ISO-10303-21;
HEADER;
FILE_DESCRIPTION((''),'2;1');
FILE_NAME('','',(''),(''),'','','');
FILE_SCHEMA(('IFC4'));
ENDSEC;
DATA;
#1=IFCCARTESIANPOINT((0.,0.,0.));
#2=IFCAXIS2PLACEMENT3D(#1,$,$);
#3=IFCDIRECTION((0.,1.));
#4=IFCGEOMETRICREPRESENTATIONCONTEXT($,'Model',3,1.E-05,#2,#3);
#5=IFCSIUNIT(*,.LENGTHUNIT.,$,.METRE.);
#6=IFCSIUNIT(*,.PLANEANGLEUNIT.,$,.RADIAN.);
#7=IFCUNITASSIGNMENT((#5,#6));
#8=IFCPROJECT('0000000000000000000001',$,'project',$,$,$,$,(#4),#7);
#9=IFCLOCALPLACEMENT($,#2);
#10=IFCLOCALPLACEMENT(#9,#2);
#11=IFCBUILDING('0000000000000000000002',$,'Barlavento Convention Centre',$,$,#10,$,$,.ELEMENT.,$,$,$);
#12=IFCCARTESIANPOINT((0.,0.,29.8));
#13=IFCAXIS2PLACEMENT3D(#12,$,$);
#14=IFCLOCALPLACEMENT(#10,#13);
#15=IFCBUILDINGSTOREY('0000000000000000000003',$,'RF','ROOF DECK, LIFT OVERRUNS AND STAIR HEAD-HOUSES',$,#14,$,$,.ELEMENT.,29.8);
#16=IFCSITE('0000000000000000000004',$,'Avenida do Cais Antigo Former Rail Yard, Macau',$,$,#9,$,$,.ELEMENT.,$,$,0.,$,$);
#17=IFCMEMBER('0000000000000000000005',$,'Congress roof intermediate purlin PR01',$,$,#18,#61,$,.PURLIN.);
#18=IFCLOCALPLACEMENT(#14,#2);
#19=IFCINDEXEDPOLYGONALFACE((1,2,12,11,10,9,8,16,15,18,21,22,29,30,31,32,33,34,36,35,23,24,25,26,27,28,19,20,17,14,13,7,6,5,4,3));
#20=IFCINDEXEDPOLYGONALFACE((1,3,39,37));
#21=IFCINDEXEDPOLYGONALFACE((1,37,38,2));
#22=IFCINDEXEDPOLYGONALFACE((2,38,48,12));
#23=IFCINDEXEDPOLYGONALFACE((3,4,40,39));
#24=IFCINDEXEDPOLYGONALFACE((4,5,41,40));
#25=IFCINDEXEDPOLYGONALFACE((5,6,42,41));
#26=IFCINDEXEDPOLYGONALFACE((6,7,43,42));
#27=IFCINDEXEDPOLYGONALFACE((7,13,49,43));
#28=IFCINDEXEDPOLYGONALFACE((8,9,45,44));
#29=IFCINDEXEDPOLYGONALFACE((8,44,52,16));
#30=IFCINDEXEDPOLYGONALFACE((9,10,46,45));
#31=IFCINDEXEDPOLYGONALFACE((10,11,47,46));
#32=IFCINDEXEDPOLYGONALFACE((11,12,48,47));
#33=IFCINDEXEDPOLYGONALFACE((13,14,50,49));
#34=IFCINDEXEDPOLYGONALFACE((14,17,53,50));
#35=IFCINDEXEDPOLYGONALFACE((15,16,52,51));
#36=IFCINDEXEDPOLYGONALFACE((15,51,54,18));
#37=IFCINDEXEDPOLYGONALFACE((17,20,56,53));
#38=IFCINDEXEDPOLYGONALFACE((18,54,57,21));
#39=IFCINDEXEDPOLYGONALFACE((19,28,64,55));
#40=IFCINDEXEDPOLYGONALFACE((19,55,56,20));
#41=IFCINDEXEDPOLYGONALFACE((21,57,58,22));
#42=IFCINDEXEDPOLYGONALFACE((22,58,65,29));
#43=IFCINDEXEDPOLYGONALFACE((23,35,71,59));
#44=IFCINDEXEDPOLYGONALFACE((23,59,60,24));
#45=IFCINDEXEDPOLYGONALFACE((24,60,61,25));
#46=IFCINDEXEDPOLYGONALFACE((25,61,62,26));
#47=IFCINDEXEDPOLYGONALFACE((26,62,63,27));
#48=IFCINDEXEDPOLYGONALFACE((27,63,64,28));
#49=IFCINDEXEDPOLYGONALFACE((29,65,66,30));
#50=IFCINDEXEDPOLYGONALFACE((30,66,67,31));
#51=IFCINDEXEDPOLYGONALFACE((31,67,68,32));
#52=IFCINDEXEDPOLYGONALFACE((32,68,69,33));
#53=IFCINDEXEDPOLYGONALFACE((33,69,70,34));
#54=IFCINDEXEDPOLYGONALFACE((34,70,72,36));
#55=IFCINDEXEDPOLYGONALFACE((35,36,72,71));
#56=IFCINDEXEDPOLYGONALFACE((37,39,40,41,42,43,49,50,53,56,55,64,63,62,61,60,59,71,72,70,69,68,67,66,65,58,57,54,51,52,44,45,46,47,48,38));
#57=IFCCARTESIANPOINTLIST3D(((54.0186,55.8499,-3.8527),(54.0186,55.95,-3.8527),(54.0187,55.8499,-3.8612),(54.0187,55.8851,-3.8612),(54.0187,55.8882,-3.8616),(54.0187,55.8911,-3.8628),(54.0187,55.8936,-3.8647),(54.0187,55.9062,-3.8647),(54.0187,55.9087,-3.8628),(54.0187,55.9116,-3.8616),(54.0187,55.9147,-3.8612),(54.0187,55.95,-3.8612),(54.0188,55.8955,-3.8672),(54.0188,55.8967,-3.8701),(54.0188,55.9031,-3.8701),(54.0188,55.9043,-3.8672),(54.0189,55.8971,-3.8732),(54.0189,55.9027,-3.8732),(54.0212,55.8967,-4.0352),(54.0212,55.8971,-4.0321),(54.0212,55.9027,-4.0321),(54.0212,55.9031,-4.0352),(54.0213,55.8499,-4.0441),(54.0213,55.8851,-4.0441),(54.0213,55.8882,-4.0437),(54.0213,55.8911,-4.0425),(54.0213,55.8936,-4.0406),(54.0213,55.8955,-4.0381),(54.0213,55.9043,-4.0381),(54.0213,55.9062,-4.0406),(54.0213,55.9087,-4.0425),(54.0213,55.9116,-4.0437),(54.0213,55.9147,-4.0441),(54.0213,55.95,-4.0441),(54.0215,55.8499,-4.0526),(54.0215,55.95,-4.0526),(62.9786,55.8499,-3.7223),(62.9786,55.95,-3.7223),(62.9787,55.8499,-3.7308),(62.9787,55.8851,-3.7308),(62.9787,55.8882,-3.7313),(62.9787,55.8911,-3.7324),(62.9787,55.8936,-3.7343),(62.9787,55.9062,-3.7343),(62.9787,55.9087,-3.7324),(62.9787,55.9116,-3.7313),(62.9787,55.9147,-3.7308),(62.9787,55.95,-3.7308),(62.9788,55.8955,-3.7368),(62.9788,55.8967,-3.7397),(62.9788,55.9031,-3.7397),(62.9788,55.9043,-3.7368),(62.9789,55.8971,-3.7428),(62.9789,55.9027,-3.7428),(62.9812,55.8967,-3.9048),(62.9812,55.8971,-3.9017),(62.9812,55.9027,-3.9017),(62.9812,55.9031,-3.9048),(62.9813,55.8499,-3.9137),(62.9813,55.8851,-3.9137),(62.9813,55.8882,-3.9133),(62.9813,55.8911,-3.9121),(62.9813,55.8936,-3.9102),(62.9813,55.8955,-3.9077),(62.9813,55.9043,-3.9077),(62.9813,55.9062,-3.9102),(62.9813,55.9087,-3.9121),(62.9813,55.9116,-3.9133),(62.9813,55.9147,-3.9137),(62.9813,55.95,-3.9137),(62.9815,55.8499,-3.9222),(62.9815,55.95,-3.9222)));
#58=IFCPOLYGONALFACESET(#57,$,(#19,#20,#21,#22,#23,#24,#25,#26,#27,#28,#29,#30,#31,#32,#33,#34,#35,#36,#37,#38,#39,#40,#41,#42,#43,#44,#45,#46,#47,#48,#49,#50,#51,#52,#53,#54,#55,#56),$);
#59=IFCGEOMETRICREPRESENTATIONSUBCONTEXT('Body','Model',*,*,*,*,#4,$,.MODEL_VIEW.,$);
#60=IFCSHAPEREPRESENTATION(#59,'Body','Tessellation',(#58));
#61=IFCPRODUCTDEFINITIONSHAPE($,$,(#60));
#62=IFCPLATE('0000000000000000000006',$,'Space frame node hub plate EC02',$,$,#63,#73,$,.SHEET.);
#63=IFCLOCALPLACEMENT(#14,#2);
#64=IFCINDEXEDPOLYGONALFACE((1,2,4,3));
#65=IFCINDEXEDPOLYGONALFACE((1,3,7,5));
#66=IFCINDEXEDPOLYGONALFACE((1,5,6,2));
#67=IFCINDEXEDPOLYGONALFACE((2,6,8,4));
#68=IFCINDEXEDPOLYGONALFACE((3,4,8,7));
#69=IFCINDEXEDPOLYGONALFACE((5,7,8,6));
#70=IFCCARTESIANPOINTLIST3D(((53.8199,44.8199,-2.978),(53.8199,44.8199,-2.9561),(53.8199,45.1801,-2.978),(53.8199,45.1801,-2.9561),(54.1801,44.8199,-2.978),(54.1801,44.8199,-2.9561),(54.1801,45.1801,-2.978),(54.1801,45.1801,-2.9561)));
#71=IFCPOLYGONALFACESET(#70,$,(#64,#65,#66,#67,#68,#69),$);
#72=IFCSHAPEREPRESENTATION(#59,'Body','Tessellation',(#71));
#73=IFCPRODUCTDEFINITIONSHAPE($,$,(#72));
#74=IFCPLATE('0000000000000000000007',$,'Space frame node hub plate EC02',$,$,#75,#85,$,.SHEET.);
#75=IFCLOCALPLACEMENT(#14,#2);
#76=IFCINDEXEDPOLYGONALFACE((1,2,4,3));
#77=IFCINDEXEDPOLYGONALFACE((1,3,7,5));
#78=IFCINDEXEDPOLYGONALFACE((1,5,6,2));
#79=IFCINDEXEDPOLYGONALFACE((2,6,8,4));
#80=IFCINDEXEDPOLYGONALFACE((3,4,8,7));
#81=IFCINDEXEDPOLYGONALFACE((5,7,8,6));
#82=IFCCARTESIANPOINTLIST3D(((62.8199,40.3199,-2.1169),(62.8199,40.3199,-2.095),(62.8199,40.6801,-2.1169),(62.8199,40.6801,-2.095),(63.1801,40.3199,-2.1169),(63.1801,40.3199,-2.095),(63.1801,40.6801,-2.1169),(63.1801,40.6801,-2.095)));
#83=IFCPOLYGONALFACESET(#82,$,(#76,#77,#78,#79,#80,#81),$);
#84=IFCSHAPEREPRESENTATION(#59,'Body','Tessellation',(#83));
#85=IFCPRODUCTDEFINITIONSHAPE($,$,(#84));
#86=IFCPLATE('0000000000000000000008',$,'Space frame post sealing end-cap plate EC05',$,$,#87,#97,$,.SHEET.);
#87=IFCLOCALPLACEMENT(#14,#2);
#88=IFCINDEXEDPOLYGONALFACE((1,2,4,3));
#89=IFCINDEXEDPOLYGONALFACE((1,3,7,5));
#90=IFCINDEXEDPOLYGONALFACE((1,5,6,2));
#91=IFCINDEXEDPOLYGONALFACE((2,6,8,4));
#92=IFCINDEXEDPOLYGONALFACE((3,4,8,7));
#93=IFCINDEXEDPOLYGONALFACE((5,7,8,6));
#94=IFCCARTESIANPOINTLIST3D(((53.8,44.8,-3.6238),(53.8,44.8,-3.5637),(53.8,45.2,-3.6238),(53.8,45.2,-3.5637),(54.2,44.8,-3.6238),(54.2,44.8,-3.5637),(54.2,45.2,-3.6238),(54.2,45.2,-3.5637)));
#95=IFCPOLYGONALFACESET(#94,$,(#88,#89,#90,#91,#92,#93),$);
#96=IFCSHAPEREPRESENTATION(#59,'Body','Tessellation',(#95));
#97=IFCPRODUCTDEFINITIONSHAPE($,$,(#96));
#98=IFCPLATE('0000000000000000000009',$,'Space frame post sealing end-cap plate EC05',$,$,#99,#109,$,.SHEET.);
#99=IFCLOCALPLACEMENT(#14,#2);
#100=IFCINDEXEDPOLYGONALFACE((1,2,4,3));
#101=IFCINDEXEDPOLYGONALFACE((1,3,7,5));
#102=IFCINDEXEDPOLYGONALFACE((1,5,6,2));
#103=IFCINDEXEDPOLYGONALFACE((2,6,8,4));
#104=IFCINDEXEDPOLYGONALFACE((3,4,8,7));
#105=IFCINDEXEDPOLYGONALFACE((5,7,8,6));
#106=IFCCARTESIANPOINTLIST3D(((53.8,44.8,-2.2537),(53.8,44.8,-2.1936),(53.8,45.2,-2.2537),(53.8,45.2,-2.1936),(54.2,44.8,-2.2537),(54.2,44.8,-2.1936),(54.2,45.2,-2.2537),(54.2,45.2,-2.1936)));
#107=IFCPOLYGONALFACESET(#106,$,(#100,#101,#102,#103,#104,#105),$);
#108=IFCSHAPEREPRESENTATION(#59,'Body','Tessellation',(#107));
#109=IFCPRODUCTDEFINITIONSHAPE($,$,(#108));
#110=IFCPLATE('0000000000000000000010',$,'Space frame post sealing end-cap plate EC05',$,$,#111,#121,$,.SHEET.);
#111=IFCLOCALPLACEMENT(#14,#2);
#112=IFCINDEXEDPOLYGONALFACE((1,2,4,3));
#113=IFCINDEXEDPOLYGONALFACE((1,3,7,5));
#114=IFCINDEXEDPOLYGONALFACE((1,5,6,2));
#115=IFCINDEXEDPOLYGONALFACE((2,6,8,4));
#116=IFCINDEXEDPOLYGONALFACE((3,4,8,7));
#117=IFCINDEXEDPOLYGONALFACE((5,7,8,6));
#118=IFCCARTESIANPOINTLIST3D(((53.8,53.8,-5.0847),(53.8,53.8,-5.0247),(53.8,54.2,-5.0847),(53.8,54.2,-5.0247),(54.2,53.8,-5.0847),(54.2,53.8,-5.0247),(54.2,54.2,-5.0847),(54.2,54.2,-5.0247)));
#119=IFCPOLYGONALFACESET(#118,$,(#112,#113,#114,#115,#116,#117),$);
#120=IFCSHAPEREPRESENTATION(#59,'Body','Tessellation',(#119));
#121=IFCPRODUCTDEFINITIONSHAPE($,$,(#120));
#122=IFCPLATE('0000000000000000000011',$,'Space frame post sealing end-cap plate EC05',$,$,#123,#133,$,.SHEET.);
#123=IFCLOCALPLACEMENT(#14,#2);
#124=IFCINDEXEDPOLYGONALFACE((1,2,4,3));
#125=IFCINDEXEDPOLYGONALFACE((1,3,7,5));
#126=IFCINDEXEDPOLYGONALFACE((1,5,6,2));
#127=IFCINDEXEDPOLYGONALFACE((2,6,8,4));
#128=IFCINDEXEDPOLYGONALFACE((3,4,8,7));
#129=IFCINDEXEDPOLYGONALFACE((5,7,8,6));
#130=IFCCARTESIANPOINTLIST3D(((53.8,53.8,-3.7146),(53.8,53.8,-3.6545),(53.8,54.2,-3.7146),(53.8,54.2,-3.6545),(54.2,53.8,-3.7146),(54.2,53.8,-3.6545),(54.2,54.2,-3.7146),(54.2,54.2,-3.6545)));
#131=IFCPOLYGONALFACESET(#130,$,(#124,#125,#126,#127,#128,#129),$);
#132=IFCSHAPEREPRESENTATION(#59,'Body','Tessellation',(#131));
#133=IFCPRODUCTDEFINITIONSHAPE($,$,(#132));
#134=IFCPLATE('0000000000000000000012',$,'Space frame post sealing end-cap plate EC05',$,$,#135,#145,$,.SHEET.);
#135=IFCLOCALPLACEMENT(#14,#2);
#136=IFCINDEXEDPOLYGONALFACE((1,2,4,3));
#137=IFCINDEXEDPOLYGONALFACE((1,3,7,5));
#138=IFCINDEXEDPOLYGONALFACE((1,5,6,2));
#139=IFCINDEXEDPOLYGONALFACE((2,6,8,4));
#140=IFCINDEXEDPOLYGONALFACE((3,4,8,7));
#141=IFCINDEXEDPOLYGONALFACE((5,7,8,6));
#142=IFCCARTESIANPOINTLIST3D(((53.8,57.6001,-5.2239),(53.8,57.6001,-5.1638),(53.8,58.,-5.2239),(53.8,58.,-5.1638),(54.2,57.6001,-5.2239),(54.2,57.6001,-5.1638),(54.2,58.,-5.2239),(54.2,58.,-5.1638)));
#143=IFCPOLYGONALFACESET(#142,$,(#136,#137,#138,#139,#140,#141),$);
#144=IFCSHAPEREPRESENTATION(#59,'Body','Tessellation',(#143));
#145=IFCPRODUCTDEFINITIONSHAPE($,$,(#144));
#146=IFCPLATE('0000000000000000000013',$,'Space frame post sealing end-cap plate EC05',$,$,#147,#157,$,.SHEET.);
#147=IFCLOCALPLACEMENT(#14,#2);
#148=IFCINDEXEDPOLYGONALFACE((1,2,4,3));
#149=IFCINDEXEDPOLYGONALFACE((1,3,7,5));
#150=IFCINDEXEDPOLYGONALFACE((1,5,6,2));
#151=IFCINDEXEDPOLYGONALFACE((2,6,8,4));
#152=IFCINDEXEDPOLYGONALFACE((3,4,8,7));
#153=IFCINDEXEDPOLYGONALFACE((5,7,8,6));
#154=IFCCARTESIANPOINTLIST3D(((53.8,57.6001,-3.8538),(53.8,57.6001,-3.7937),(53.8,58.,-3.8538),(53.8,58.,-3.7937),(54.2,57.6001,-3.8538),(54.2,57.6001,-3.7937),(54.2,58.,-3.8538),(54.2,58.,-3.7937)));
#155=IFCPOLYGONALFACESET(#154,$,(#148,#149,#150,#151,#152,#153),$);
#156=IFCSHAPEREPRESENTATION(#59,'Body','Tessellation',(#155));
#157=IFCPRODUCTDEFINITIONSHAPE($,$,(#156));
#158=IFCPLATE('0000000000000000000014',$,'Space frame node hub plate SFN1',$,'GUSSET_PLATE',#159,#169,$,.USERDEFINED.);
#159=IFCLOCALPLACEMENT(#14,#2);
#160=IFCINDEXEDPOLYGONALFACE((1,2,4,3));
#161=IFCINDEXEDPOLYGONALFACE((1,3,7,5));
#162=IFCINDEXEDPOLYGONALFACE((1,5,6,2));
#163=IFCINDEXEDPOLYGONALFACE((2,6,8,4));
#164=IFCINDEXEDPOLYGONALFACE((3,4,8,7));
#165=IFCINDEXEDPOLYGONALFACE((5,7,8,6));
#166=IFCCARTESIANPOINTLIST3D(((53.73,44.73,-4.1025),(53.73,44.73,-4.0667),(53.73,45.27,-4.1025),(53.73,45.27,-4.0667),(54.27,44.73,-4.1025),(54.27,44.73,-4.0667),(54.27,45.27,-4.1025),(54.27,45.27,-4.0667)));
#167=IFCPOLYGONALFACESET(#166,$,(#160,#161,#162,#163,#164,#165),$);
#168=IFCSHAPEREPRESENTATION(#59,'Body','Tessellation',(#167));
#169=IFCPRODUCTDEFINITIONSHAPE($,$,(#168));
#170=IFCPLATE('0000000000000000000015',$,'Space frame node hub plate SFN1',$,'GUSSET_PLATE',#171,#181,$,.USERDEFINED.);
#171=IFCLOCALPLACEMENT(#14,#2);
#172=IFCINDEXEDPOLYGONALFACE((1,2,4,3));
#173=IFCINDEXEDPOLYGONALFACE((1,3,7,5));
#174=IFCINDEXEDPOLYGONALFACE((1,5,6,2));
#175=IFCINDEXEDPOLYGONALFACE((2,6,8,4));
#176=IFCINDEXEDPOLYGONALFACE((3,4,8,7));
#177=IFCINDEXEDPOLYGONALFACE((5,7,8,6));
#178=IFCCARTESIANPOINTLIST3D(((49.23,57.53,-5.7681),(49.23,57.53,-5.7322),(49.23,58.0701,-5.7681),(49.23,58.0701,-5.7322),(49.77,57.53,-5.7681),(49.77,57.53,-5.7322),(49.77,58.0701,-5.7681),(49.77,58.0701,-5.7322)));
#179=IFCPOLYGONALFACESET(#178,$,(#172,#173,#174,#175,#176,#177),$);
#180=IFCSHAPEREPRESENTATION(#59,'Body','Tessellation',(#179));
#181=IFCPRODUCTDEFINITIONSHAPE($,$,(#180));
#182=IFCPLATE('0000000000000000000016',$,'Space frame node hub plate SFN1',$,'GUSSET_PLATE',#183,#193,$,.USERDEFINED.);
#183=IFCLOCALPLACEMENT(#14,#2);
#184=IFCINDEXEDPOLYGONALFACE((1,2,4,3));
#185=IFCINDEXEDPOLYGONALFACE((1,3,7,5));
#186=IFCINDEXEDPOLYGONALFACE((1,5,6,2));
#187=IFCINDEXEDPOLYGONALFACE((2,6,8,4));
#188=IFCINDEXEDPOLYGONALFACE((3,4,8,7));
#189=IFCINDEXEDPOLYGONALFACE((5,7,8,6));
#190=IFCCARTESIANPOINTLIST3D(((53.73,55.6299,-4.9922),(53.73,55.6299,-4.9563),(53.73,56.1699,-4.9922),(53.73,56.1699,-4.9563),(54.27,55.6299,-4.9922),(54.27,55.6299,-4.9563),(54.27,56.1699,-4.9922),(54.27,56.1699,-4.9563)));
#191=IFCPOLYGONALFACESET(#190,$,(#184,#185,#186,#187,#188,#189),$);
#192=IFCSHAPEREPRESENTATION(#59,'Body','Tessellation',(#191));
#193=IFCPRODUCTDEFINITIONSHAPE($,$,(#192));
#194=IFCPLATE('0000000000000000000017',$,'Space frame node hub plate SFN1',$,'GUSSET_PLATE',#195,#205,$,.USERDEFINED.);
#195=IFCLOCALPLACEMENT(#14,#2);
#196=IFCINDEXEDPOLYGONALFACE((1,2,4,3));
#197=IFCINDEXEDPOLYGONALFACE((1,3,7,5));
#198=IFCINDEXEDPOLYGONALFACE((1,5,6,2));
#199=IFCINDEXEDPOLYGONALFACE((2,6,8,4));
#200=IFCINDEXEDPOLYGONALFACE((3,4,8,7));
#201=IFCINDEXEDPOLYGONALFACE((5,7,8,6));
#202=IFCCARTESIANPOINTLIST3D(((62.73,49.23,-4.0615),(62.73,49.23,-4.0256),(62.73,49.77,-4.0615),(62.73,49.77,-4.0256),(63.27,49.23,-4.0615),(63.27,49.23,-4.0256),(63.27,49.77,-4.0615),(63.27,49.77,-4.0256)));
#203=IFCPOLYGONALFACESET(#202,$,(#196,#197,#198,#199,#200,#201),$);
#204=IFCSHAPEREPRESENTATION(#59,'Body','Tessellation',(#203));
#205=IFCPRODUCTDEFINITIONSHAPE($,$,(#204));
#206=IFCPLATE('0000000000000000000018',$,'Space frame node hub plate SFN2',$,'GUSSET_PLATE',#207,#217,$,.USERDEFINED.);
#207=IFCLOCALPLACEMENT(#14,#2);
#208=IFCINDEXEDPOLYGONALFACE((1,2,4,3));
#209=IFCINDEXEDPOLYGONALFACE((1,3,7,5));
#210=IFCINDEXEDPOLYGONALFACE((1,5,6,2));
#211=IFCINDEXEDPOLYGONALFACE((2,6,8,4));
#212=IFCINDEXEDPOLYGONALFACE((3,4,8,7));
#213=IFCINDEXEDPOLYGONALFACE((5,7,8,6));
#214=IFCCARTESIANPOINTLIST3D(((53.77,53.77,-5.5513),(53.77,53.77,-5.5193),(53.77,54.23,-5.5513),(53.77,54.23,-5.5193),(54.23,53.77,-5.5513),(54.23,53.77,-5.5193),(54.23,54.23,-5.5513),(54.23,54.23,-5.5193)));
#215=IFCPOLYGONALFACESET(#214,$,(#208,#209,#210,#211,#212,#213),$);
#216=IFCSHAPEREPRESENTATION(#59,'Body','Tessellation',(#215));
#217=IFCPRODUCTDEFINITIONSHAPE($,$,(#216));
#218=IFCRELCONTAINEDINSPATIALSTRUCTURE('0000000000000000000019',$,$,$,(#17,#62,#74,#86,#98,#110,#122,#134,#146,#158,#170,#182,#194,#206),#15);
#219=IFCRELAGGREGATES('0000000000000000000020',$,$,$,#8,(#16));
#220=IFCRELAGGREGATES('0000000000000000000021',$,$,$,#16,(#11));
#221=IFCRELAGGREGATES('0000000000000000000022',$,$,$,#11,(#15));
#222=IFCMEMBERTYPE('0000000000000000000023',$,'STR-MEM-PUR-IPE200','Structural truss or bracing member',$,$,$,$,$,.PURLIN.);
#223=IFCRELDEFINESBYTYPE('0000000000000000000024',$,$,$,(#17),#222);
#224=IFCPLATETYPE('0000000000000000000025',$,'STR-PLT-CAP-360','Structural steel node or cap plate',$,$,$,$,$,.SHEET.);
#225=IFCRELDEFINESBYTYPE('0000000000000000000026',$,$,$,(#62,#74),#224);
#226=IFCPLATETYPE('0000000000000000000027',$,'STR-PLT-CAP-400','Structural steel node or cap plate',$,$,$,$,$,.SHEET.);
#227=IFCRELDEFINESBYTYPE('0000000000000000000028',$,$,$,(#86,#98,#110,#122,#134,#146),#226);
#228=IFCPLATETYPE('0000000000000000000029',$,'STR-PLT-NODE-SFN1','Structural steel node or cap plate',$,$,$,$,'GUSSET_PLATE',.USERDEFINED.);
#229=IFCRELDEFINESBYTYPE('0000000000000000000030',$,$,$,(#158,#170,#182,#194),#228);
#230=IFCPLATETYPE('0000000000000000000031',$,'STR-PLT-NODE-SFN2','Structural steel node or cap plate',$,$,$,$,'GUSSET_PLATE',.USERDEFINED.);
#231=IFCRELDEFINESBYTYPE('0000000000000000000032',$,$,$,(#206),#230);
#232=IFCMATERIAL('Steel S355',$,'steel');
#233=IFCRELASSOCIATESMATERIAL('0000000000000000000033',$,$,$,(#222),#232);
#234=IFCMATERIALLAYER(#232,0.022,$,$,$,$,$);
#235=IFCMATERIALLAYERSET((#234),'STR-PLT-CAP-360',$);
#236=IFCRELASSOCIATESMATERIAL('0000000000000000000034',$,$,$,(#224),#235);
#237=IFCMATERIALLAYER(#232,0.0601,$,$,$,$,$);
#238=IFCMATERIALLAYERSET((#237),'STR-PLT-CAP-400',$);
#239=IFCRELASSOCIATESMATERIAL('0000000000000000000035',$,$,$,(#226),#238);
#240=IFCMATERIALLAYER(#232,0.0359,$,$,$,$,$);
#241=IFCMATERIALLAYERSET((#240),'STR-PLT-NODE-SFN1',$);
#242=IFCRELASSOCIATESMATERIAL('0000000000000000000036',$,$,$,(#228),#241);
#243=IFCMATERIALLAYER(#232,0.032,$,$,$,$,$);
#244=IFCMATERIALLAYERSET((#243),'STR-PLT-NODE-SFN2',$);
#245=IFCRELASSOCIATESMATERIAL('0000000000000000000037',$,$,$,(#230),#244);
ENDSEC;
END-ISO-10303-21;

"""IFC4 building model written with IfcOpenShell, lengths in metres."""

from ifc_helpers import new_model, si_unit, direction, frame, origin, origin_2d, place, context, subcontext, project, spatial, rectangle, i_section, extrude, material, layer, layer_set, material_profile, profile_set, type_object, element, save


model = new_model("IFC4")

# Units and contexts
model_context = context("Model", 3, precision=1e-05, world=origin(), true_north=direction((0.0, 1.0)))
body_context = subcontext(model_context, "Body", "Model", "MODEL_VIEW")
ifc_project = project(units=[si_unit("LENGTHUNIT", "METRE"), si_unit("PLANEANGLEUNIT", "RADIAN")], contexts=[model_context])

# Site, building, storey
site_placement = place(None, origin())
site = spatial("IfcSite", under=ifc_project, at=site_placement, Name="Avenida do Cais Antigo Former Rail Yard, Macau", CompositionType="ELEMENT", RefElevation=0.0)
building_placement = place(site_placement, origin())
building = spatial("IfcBuilding", under=site, at=building_placement, Name="Barlavento Convention Centre", CompositionType="ELEMENT")
storey_placement = place(building_placement, frame((0.0, 0.0, 29.8)))
storey = spatial("IfcBuildingStorey", under=building, at=storey_placement, Name="RF", Description="ROOF DECK, LIFT OVERRUNS AND STAIR HEAD-HOUSES", CompositionType="ELEMENT", Elevation=29.8)

# Shared definitions
ifc_material_1 = material(Name="Steel S355", Category="steel")

# Member
ifc_material_profile_1 = material_profile(ifc_material_1, i_section(OverallWidth=0.1001, OverallDepth=0.2, WebThickness=0.0056, FlangeThickness=0.0085, FilletRadius=0.012, at=origin_2d()), Name="IPE 200")
ifc_profile_set_1 = profile_set([ifc_material_profile_1], Name="Steel S355")
member_type_1 = type_object("IfcMemberType", Name="STR-MEM-PUR-IPE200", Description="Structural truss or bracing member", PredefinedType="PURLIN", material=ifc_profile_set_1)
member_1_placement = place(storey_placement, frame((54.02, 55.8999, -3.9526), z_axis=(0.999894, 0.0, 0.014549), x_axis=(0.0, 1.0, 0.0)))
element("IfcMember", 1, at=member_1_placement, inside=storey, type_object=member_type_1, Name="Congress roof intermediate purlin PR01", PredefinedType="PURLIN", context=body_context, shape_type="SweptSolid", body=[
    extrude(i_section(OverallWidth=0.1001, OverallDepth=0.2, WebThickness=0.0056, FlangeThickness=0.0085, FilletRadius=0.012, at=origin_2d()), origin(), (0.0, 0.0, 1.0), 8.9609),
])

# Plates
ifc_layer_1 = layer(ifc_material_1, 0.022)
ifc_layer_set_1 = layer_set([ifc_layer_1], Name="STR-PLT-CAP-360")
plate_type_1 = type_object("IfcPlateType", Name="STR-PLT-CAP-360", Description="Structural steel node or cap plate", PredefinedType="SHEET", material=ifc_layer_set_1)
for number, where, z_axis, x_axis, name in (
    (2, (54.0, 45.0, -2.978), (0.0, 0.0, 1.0), (1.0, 0.0, 0.0), "Space frame node hub plate EC02"),
    (3, (63.0, 40.5, -2.1169), (0.0, 0.0, 1.0), (1.0, 0.0, 0.0), "Space frame node hub plate EC02"),
):
    element("IfcPlate", number, at=place(storey_placement, frame(where, z_axis=z_axis, x_axis=x_axis)), inside=storey, type_object=plate_type_1, Name=name, PredefinedType="SHEET", context=body_context, shape_type="SweptSolid", body=[
        extrude(rectangle(XDim=0.3601, YDim=0.3601, at=origin_2d()), origin(), (0.0, 0.0, 1.0), 0.022),
    ])
ifc_layer_2 = layer(ifc_material_1, 0.0601)
ifc_layer_set_2 = layer_set([ifc_layer_2], Name="STR-PLT-CAP-400")
plate_type_2 = type_object("IfcPlateType", Name="STR-PLT-CAP-400", Description="Structural steel node or cap plate", PredefinedType="SHEET", material=ifc_layer_set_2)
for number, where, z_axis, x_axis, name in (
    (4, (54.0, 45.0, -3.6238), (0.0, 0.0, 1.0), (1.0, 0.0, 0.0), "Space frame post sealing end-cap plate EC05"),
    (5, (54.0, 45.0, -2.2537), (0.0, 0.0, 1.0), (1.0, 0.0, 0.0), "Space frame post sealing end-cap plate EC05"),
    (6, (54.0, 54.0, -5.0847), (0.0, 0.0, 1.0), (1.0, 0.0, 0.0), "Space frame post sealing end-cap plate EC05"),
    (7, (54.0, 54.0, -3.7146), (0.0, 0.0, 1.0), (1.0, 0.0, 0.0), "Space frame post sealing end-cap plate EC05"),
    (8, (54.0, 57.8, -5.2239), (0.0, 0.0, 1.0), (1.0, 0.0, 0.0), "Space frame post sealing end-cap plate EC05"),
    (9, (54.0, 57.8, -3.8538), (0.0, 0.0, 1.0), (1.0, 0.0, 0.0), "Space frame post sealing end-cap plate EC05"),
):
    element("IfcPlate", number, at=place(storey_placement, frame(where, z_axis=z_axis, x_axis=x_axis)), inside=storey, type_object=plate_type_2, Name=name, PredefinedType="SHEET", context=body_context, shape_type="SweptSolid", body=[
        extrude(rectangle(XDim=0.3999, YDim=0.3999, at=origin_2d()), origin(), (0.0, 0.0, 1.0), 0.0601),
    ])
ifc_layer_3 = layer(ifc_material_1, 0.0359)
ifc_layer_set_3 = layer_set([ifc_layer_3], Name="STR-PLT-NODE-SFN1")
plate_type_3 = type_object("IfcPlateType", Name="STR-PLT-NODE-SFN1", Description="Structural steel node or cap plate", ElementType="GUSSET_PLATE", PredefinedType="USERDEFINED", material=ifc_layer_set_3)
for number, where, z_axis, x_axis, name in (
    (10, (54.0, 45.0, -4.1025), (0.0, 0.0, 1.0), (1.0, 0.0, 0.0), "Space frame node hub plate SFN1"),
    (11, (49.5, 57.8, -5.7681), (0.0, 0.0, 1.0), (1.0, 0.0, 0.0), "Space frame node hub plate SFN1"),
    (12, (54.0, 55.8999, -4.9922), (0.0, 0.0, 1.0), (1.0, 0.0, 0.0), "Space frame node hub plate SFN1"),
    (13, (63.0, 49.5, -4.0615), (0.0, 0.0, 1.0), (1.0, 0.0, 0.0), "Space frame node hub plate SFN1"),
):
    element("IfcPlate", number, at=place(storey_placement, frame(where, z_axis=z_axis, x_axis=x_axis)), inside=storey, type_object=plate_type_3, Name=name, ObjectType="GUSSET_PLATE", PredefinedType="USERDEFINED", context=body_context, shape_type="SweptSolid", body=[
        extrude(rectangle(XDim=0.54, YDim=0.54, at=origin_2d()), origin(), (0.0, 0.0, 1.0), 0.0359),
    ])
ifc_layer_4 = layer(ifc_material_1, 0.032)
ifc_layer_set_4 = layer_set([ifc_layer_4], Name="STR-PLT-NODE-SFN2")
plate_type_4 = type_object("IfcPlateType", Name="STR-PLT-NODE-SFN2", Description="Structural steel node or cap plate", ElementType="GUSSET_PLATE", PredefinedType="USERDEFINED", material=ifc_layer_set_4)
for number, where, z_axis, x_axis, name in (
    (14, (54.0, 54.0, -5.5513), (0.0, 0.0, 1.0), (1.0, 0.0, 0.0), "Space frame node hub plate SFN2"),
):
    element("IfcPlate", number, at=place(storey_placement, frame(where, z_axis=z_axis, x_axis=x_axis)), inside=storey, type_object=plate_type_4, Name=name, ObjectType="GUSSET_PLATE", PredefinedType="USERDEFINED", context=body_context, shape_type="SweptSolid", body=[
        extrude(rectangle(XDim=0.46, YDim=0.46, at=origin_2d()), origin(), (0.0, 0.0, 1.0), 0.032),
    ])

save(model, "model.ifc")
